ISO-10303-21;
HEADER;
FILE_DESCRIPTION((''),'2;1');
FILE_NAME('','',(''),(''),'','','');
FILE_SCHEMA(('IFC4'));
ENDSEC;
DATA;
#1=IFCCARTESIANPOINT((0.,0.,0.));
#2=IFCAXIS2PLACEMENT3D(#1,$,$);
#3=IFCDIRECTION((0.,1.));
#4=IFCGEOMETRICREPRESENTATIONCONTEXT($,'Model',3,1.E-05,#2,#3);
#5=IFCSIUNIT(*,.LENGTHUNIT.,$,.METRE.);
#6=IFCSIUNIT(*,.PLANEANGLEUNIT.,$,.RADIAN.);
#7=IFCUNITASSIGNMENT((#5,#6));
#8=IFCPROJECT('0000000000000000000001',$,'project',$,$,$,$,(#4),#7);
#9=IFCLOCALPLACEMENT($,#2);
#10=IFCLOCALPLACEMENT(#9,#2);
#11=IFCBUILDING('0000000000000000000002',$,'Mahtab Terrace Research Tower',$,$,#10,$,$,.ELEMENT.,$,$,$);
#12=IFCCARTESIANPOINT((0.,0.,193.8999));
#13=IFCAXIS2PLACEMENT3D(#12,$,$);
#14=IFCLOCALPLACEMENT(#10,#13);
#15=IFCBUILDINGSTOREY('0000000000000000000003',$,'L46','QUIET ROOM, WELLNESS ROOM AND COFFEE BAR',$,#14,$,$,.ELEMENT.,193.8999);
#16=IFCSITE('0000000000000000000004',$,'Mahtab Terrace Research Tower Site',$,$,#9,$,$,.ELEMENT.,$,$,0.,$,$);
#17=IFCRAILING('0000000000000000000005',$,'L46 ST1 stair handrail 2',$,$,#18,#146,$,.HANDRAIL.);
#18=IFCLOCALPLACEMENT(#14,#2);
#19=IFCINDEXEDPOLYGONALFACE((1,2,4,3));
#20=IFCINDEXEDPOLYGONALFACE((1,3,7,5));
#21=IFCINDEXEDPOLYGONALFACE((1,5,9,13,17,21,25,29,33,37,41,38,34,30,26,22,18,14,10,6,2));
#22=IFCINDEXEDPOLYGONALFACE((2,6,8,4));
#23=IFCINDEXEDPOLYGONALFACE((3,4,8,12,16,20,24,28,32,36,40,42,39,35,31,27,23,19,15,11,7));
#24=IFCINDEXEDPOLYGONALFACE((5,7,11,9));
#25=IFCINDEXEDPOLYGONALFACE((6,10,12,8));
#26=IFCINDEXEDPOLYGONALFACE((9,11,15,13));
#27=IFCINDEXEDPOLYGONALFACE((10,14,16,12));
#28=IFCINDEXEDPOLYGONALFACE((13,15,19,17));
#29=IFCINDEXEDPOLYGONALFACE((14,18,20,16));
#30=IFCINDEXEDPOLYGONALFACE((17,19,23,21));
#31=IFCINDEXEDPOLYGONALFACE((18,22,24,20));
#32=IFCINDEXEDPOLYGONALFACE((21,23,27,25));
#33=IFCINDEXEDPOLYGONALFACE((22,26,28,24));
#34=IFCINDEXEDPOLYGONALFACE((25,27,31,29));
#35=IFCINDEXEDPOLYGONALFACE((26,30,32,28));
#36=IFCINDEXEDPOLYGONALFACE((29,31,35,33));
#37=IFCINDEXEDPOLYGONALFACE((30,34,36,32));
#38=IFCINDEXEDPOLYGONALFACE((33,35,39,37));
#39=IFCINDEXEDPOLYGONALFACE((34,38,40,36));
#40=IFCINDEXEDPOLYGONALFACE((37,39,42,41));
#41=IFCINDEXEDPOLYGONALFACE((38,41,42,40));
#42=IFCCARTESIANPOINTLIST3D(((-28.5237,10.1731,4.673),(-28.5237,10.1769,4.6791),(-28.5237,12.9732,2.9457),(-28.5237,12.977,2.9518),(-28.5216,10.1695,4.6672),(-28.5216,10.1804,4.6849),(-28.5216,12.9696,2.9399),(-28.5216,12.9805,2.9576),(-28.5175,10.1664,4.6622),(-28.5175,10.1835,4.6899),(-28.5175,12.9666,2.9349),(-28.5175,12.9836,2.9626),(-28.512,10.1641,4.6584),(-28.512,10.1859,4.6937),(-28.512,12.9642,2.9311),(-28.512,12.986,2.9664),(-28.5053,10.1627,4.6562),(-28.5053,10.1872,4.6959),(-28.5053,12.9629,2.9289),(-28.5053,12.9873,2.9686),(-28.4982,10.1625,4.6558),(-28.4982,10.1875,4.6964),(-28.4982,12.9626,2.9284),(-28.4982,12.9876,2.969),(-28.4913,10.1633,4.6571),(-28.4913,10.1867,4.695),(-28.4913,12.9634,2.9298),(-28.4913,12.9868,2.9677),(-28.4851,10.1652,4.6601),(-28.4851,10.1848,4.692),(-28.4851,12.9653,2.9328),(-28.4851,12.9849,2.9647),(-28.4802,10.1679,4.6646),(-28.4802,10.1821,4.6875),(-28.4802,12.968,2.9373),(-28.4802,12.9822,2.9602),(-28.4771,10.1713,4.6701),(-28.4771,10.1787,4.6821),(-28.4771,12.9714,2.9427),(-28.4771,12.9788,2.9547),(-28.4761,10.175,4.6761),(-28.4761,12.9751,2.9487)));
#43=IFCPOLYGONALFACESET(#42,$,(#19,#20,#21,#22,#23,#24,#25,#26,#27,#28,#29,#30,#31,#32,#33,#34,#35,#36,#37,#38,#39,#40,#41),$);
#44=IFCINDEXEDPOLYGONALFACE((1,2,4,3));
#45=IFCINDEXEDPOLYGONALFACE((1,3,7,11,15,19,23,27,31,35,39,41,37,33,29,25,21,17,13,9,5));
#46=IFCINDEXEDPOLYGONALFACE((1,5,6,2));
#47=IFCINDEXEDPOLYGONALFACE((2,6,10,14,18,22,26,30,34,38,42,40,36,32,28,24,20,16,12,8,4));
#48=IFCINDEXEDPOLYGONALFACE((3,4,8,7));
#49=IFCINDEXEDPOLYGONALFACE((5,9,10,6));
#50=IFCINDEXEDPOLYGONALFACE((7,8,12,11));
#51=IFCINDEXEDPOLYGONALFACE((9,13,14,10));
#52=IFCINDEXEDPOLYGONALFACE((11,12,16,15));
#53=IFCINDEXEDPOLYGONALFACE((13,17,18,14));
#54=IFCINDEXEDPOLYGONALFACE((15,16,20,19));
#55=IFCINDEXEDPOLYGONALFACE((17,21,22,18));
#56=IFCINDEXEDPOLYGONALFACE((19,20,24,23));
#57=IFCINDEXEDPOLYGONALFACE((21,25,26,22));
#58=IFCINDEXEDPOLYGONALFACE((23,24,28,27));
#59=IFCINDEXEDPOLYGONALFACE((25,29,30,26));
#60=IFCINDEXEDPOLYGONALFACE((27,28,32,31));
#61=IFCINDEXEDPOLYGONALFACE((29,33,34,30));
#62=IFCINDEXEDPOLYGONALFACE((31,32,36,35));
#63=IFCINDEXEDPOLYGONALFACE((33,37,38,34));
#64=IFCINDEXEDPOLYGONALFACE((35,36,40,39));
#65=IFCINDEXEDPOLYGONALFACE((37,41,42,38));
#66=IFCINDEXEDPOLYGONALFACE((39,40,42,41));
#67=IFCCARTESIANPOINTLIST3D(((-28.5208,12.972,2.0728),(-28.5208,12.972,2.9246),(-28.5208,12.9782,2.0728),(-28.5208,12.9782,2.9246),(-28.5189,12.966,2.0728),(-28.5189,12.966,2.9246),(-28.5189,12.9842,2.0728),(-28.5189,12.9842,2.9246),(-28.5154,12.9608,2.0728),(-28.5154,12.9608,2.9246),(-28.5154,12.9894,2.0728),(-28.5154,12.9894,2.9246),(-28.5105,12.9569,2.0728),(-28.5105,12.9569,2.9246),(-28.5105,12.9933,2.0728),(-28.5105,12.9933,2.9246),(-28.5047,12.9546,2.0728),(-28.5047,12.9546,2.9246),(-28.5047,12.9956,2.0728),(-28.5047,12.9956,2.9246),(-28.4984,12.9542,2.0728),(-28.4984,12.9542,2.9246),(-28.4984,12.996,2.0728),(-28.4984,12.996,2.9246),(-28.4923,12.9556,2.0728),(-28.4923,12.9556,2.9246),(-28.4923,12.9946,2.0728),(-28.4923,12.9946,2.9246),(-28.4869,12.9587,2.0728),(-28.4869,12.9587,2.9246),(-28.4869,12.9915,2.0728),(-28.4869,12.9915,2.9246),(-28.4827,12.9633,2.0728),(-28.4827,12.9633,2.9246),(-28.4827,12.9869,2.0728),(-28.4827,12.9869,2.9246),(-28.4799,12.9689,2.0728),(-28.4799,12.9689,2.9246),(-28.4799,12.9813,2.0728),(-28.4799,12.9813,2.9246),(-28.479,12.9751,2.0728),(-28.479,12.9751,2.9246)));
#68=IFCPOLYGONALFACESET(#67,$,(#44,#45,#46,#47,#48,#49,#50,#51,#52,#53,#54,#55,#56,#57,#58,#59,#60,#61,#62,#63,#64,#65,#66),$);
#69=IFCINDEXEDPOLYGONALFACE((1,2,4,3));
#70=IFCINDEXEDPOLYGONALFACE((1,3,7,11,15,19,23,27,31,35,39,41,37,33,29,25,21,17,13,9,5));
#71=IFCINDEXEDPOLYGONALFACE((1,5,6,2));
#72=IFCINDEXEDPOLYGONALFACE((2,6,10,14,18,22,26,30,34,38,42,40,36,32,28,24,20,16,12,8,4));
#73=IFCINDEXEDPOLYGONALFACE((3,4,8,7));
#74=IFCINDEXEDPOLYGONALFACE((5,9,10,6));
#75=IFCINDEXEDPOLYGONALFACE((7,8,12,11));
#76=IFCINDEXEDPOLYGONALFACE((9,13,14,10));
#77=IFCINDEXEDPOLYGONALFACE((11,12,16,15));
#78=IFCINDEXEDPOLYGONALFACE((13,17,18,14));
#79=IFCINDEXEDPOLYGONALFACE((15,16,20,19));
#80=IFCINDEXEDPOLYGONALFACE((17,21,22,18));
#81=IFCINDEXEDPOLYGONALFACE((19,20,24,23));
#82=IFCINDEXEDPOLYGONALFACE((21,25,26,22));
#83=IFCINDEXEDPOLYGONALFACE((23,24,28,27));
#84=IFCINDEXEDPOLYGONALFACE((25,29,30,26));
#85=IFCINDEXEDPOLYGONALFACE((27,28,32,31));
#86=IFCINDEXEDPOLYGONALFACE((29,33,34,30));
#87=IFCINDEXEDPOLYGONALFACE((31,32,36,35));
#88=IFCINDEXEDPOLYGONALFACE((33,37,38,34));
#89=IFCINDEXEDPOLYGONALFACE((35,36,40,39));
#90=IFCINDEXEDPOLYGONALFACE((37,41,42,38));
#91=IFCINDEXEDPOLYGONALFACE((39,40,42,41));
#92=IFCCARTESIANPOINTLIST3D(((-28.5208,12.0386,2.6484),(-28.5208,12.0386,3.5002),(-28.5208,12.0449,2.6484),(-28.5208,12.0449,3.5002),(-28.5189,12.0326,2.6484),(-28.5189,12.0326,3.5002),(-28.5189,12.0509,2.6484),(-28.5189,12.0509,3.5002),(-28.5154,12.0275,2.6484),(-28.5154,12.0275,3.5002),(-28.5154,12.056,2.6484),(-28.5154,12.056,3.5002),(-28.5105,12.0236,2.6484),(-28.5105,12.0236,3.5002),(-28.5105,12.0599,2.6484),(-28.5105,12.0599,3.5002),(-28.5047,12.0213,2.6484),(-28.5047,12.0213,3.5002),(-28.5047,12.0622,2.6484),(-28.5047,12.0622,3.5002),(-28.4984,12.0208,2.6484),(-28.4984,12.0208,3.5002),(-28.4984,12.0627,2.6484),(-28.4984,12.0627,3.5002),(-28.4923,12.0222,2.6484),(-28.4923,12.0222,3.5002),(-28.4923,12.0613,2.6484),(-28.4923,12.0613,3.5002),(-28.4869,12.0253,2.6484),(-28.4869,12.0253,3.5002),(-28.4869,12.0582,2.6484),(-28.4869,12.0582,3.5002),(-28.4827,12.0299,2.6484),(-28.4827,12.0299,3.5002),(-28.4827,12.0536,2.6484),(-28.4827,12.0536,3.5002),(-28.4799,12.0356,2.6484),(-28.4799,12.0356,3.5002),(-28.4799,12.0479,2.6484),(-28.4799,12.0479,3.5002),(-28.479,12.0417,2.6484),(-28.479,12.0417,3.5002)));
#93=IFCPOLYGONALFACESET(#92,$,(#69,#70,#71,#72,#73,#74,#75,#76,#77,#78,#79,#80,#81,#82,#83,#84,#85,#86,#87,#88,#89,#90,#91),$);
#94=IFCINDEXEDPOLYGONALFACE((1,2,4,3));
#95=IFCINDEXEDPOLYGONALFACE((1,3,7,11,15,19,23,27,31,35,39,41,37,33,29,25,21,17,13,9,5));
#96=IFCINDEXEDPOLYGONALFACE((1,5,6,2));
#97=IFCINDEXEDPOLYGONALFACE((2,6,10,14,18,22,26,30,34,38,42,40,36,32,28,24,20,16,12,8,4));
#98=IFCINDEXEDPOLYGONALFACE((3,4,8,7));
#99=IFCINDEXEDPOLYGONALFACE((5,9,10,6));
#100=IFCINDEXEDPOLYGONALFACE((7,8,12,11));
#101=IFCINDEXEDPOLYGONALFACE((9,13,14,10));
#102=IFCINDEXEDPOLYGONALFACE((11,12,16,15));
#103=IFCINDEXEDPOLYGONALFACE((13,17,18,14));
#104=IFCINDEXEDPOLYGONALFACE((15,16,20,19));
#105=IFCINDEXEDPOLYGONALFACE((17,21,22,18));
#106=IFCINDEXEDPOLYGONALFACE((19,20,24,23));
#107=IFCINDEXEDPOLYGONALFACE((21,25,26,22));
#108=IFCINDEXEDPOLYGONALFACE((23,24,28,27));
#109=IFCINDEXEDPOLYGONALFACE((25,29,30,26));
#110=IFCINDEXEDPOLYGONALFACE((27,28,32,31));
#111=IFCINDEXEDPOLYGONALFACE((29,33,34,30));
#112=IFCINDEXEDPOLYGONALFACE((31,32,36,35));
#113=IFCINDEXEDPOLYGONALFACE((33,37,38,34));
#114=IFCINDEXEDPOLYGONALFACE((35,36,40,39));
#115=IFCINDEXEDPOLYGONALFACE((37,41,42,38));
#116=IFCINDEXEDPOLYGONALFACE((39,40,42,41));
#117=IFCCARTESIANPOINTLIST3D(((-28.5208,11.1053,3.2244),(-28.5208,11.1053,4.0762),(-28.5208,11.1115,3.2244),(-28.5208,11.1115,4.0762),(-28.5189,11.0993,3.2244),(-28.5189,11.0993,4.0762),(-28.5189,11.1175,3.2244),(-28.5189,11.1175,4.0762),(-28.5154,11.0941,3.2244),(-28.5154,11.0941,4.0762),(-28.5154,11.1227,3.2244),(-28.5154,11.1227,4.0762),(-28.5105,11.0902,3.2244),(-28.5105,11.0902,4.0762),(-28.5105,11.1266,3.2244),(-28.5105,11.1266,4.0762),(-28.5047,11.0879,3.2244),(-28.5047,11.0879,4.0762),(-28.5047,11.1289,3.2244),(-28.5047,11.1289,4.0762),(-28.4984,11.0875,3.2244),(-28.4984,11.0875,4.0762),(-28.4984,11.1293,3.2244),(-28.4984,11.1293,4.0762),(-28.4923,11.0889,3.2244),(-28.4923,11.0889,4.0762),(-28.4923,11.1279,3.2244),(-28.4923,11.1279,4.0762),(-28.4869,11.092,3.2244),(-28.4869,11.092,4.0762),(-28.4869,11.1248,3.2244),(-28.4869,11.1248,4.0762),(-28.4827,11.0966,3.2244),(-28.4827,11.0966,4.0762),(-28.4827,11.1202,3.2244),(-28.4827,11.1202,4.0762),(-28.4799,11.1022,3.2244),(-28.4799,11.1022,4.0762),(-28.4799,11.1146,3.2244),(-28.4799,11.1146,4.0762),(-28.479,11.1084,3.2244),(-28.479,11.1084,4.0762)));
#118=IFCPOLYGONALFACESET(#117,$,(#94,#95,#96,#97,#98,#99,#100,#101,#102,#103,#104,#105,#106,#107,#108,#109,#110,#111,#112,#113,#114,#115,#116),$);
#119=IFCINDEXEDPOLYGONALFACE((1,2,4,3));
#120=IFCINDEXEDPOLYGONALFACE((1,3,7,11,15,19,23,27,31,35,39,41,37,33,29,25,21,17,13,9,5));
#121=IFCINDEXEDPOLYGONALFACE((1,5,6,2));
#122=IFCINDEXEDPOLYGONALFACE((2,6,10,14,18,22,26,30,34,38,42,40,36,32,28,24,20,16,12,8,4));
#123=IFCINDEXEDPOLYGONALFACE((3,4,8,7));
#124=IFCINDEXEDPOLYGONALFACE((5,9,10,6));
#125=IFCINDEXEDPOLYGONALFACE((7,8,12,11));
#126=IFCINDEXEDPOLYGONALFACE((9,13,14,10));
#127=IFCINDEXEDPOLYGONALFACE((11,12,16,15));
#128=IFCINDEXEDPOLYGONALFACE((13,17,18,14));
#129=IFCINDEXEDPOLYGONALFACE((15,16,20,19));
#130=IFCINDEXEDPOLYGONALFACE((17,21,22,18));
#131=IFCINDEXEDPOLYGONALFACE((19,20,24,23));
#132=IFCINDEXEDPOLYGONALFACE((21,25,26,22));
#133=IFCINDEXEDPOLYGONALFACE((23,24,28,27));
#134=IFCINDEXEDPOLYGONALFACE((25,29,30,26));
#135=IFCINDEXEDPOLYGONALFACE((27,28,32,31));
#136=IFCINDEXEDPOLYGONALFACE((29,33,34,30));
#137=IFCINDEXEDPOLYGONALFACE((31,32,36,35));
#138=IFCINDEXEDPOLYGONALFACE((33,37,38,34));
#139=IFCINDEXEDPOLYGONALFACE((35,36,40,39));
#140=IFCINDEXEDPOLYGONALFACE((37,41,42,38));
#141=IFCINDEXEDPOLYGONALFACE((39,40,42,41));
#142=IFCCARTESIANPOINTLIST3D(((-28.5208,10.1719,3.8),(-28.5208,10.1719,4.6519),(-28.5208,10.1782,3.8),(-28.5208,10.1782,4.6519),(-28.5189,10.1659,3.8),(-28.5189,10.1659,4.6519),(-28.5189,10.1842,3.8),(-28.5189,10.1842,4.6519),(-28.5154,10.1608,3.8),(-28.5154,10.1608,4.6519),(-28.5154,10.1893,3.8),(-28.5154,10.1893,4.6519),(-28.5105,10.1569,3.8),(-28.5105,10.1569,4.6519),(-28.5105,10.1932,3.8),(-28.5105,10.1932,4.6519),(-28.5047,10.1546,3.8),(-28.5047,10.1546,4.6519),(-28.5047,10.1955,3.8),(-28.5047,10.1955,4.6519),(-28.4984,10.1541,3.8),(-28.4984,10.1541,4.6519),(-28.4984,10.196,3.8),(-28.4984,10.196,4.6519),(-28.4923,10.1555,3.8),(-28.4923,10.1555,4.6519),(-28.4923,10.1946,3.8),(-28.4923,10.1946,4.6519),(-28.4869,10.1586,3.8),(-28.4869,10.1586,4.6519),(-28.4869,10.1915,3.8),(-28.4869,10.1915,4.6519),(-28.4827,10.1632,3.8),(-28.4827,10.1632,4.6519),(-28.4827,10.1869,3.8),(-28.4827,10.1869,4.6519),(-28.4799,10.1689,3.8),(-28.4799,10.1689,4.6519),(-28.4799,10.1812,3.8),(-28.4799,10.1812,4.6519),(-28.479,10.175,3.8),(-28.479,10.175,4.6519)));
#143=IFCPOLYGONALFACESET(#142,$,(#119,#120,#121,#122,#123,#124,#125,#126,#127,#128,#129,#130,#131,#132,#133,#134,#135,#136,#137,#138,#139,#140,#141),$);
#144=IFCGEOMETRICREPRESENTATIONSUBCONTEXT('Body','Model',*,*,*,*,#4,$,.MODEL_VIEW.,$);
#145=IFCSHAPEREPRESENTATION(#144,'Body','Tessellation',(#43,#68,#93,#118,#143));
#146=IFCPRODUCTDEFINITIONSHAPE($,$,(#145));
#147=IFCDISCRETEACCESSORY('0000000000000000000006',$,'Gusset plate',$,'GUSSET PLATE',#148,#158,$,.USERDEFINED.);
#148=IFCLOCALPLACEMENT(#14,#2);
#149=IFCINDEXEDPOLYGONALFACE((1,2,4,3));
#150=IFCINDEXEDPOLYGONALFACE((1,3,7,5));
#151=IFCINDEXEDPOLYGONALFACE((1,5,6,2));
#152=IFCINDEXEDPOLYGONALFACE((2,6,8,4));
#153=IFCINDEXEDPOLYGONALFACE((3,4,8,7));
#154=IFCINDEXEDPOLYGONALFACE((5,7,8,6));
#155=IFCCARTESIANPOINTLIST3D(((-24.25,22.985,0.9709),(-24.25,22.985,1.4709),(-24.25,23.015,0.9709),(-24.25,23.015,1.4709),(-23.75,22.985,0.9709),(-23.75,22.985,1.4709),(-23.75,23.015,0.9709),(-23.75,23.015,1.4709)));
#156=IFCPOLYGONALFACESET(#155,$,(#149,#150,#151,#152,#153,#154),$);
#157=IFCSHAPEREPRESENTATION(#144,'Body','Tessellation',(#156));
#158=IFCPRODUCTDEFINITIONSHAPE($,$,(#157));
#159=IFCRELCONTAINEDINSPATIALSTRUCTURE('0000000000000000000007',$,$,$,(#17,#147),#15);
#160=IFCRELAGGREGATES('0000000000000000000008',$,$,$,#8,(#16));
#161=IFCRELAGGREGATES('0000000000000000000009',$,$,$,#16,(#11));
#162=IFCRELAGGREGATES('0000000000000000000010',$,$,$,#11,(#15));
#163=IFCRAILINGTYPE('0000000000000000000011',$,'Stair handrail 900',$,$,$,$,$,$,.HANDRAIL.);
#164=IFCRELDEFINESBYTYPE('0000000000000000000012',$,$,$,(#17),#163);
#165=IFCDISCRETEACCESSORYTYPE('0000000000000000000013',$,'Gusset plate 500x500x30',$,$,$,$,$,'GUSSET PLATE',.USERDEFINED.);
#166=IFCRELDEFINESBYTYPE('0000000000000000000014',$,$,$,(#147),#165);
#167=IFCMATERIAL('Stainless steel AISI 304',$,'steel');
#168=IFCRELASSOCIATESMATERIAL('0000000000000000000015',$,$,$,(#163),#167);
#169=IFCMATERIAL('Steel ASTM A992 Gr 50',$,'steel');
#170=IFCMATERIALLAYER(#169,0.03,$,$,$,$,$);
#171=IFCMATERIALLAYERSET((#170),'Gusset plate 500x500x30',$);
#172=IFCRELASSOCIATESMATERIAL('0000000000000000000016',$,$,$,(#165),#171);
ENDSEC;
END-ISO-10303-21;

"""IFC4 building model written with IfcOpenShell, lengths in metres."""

from ifc_helpers import new_model, si_unit, direction, frame, origin, origin_2d, place, context, subcontext, project, spatial, rectangle, circle, extrude, material, layer, layer_set, type_object, element, save


model = new_model("IFC4")

# Units and contexts
model_context = context("Model", 3, precision=1e-05, world=origin(), true_north=direction((0.0, 1.0)))
body_context = subcontext(model_context, "Body", "Model", "MODEL_VIEW")
ifc_project = project(units=[si_unit("LENGTHUNIT", "METRE"), si_unit("PLANEANGLEUNIT", "RADIAN")], contexts=[model_context])

# Site, building, storey
site_placement = place(None, origin())
site = spatial("IfcSite", under=ifc_project, at=site_placement, Name="Mahtab Terrace Research Tower Site", CompositionType="ELEMENT", RefElevation=0.0)
building_placement = place(site_placement, origin())
building = spatial("IfcBuilding", under=site, at=building_placement, Name="Mahtab Terrace Research Tower", CompositionType="ELEMENT")
storey_placement = place(building_placement, frame((0.0, 0.0, 193.8999)))
storey = spatial("IfcBuildingStorey", under=building, at=storey_placement, Name="L46", Description="QUIET ROOM, WELLNESS ROOM AND COFFEE BAR", CompositionType="ELEMENT", Elevation=193.8999)

# Railing
ifc_material_1 = material(Name="Stainless steel AISI 304", Category="steel")
railing_type_1 = type_object("IfcRailingType", Name="Stair handrail 900", PredefinedType="HANDRAIL", material=ifc_material_1)
railing_1_placement = place(storey_placement, frame((-28.5, 12.9751, 2.0728)))
element("IfcRailing", 1, at=railing_1_placement, inside=storey, type_object=railing_type_1, Name="L46 ST1 stair handrail 2", PredefinedType="HANDRAIL", context=body_context, shape_type="SweptSolid", body=[
    extrude(circle(Radius=0.0239, at=origin_2d()), frame((0.0, 0.0, 0.876), z_axis=(0.0, -0.85109, 0.52502), x_axis=(1.0, 0.0, 0.0)), (0.0, 0.0, 1.0), 3.29),
    extrude(circle(Radius=0.021, at=origin_2d()), origin(), (0.0, 0.0, 1.0), 0.8518),
    extrude(circle(Radius=0.021, at=origin_2d()), frame((0.0, -0.9333, 0.5757)), (0.0, 0.0, 1.0), 0.8518),
    extrude(circle(Radius=0.021, at=origin_2d()), frame((0.0, -1.8667, 1.1516)), (0.0, 0.0, 1.0), 0.8518),
    extrude(circle(Radius=0.021, at=origin_2d()), frame((0.0, -2.8, 1.7273)), (0.0, 0.0, 1.0), 0.8518),
])

# Discrete accessory
ifc_material_2 = material(Name="Steel ASTM A992 Gr 50", Category="steel")
ifc_layer_1 = layer(ifc_material_2, 0.03)
ifc_layer_set_1 = layer_set([ifc_layer_1], Name="Gusset plate 500x500x30")
discrete_accessory_type = type_object("IfcDiscreteAccessoryType", Name="Gusset plate 500x500x30", ElementType="GUSSET PLATE", PredefinedType="USERDEFINED", material=ifc_layer_set_1)
discrete_accessory_placement = place(storey_placement, frame((-24.0, 23.0, 0.9709), z_axis=(0.0, 0.0, 1.0), x_axis=(1.0, 0.0, 0.0)))
element("IfcDiscreteAccessory", 2, at=discrete_accessory_placement, inside=storey, type_object=discrete_accessory_type, Name="Gusset plate", ObjectType="GUSSET PLATE", PredefinedType="USERDEFINED", context=body_context, shape_type="SweptSolid", body=[
    extrude(rectangle(XDim=0.5, YDim=0.03, at=origin_2d()), origin(), (0.0, 0.0, 1.0), 0.5),
])

save(model, "model.ifc")
